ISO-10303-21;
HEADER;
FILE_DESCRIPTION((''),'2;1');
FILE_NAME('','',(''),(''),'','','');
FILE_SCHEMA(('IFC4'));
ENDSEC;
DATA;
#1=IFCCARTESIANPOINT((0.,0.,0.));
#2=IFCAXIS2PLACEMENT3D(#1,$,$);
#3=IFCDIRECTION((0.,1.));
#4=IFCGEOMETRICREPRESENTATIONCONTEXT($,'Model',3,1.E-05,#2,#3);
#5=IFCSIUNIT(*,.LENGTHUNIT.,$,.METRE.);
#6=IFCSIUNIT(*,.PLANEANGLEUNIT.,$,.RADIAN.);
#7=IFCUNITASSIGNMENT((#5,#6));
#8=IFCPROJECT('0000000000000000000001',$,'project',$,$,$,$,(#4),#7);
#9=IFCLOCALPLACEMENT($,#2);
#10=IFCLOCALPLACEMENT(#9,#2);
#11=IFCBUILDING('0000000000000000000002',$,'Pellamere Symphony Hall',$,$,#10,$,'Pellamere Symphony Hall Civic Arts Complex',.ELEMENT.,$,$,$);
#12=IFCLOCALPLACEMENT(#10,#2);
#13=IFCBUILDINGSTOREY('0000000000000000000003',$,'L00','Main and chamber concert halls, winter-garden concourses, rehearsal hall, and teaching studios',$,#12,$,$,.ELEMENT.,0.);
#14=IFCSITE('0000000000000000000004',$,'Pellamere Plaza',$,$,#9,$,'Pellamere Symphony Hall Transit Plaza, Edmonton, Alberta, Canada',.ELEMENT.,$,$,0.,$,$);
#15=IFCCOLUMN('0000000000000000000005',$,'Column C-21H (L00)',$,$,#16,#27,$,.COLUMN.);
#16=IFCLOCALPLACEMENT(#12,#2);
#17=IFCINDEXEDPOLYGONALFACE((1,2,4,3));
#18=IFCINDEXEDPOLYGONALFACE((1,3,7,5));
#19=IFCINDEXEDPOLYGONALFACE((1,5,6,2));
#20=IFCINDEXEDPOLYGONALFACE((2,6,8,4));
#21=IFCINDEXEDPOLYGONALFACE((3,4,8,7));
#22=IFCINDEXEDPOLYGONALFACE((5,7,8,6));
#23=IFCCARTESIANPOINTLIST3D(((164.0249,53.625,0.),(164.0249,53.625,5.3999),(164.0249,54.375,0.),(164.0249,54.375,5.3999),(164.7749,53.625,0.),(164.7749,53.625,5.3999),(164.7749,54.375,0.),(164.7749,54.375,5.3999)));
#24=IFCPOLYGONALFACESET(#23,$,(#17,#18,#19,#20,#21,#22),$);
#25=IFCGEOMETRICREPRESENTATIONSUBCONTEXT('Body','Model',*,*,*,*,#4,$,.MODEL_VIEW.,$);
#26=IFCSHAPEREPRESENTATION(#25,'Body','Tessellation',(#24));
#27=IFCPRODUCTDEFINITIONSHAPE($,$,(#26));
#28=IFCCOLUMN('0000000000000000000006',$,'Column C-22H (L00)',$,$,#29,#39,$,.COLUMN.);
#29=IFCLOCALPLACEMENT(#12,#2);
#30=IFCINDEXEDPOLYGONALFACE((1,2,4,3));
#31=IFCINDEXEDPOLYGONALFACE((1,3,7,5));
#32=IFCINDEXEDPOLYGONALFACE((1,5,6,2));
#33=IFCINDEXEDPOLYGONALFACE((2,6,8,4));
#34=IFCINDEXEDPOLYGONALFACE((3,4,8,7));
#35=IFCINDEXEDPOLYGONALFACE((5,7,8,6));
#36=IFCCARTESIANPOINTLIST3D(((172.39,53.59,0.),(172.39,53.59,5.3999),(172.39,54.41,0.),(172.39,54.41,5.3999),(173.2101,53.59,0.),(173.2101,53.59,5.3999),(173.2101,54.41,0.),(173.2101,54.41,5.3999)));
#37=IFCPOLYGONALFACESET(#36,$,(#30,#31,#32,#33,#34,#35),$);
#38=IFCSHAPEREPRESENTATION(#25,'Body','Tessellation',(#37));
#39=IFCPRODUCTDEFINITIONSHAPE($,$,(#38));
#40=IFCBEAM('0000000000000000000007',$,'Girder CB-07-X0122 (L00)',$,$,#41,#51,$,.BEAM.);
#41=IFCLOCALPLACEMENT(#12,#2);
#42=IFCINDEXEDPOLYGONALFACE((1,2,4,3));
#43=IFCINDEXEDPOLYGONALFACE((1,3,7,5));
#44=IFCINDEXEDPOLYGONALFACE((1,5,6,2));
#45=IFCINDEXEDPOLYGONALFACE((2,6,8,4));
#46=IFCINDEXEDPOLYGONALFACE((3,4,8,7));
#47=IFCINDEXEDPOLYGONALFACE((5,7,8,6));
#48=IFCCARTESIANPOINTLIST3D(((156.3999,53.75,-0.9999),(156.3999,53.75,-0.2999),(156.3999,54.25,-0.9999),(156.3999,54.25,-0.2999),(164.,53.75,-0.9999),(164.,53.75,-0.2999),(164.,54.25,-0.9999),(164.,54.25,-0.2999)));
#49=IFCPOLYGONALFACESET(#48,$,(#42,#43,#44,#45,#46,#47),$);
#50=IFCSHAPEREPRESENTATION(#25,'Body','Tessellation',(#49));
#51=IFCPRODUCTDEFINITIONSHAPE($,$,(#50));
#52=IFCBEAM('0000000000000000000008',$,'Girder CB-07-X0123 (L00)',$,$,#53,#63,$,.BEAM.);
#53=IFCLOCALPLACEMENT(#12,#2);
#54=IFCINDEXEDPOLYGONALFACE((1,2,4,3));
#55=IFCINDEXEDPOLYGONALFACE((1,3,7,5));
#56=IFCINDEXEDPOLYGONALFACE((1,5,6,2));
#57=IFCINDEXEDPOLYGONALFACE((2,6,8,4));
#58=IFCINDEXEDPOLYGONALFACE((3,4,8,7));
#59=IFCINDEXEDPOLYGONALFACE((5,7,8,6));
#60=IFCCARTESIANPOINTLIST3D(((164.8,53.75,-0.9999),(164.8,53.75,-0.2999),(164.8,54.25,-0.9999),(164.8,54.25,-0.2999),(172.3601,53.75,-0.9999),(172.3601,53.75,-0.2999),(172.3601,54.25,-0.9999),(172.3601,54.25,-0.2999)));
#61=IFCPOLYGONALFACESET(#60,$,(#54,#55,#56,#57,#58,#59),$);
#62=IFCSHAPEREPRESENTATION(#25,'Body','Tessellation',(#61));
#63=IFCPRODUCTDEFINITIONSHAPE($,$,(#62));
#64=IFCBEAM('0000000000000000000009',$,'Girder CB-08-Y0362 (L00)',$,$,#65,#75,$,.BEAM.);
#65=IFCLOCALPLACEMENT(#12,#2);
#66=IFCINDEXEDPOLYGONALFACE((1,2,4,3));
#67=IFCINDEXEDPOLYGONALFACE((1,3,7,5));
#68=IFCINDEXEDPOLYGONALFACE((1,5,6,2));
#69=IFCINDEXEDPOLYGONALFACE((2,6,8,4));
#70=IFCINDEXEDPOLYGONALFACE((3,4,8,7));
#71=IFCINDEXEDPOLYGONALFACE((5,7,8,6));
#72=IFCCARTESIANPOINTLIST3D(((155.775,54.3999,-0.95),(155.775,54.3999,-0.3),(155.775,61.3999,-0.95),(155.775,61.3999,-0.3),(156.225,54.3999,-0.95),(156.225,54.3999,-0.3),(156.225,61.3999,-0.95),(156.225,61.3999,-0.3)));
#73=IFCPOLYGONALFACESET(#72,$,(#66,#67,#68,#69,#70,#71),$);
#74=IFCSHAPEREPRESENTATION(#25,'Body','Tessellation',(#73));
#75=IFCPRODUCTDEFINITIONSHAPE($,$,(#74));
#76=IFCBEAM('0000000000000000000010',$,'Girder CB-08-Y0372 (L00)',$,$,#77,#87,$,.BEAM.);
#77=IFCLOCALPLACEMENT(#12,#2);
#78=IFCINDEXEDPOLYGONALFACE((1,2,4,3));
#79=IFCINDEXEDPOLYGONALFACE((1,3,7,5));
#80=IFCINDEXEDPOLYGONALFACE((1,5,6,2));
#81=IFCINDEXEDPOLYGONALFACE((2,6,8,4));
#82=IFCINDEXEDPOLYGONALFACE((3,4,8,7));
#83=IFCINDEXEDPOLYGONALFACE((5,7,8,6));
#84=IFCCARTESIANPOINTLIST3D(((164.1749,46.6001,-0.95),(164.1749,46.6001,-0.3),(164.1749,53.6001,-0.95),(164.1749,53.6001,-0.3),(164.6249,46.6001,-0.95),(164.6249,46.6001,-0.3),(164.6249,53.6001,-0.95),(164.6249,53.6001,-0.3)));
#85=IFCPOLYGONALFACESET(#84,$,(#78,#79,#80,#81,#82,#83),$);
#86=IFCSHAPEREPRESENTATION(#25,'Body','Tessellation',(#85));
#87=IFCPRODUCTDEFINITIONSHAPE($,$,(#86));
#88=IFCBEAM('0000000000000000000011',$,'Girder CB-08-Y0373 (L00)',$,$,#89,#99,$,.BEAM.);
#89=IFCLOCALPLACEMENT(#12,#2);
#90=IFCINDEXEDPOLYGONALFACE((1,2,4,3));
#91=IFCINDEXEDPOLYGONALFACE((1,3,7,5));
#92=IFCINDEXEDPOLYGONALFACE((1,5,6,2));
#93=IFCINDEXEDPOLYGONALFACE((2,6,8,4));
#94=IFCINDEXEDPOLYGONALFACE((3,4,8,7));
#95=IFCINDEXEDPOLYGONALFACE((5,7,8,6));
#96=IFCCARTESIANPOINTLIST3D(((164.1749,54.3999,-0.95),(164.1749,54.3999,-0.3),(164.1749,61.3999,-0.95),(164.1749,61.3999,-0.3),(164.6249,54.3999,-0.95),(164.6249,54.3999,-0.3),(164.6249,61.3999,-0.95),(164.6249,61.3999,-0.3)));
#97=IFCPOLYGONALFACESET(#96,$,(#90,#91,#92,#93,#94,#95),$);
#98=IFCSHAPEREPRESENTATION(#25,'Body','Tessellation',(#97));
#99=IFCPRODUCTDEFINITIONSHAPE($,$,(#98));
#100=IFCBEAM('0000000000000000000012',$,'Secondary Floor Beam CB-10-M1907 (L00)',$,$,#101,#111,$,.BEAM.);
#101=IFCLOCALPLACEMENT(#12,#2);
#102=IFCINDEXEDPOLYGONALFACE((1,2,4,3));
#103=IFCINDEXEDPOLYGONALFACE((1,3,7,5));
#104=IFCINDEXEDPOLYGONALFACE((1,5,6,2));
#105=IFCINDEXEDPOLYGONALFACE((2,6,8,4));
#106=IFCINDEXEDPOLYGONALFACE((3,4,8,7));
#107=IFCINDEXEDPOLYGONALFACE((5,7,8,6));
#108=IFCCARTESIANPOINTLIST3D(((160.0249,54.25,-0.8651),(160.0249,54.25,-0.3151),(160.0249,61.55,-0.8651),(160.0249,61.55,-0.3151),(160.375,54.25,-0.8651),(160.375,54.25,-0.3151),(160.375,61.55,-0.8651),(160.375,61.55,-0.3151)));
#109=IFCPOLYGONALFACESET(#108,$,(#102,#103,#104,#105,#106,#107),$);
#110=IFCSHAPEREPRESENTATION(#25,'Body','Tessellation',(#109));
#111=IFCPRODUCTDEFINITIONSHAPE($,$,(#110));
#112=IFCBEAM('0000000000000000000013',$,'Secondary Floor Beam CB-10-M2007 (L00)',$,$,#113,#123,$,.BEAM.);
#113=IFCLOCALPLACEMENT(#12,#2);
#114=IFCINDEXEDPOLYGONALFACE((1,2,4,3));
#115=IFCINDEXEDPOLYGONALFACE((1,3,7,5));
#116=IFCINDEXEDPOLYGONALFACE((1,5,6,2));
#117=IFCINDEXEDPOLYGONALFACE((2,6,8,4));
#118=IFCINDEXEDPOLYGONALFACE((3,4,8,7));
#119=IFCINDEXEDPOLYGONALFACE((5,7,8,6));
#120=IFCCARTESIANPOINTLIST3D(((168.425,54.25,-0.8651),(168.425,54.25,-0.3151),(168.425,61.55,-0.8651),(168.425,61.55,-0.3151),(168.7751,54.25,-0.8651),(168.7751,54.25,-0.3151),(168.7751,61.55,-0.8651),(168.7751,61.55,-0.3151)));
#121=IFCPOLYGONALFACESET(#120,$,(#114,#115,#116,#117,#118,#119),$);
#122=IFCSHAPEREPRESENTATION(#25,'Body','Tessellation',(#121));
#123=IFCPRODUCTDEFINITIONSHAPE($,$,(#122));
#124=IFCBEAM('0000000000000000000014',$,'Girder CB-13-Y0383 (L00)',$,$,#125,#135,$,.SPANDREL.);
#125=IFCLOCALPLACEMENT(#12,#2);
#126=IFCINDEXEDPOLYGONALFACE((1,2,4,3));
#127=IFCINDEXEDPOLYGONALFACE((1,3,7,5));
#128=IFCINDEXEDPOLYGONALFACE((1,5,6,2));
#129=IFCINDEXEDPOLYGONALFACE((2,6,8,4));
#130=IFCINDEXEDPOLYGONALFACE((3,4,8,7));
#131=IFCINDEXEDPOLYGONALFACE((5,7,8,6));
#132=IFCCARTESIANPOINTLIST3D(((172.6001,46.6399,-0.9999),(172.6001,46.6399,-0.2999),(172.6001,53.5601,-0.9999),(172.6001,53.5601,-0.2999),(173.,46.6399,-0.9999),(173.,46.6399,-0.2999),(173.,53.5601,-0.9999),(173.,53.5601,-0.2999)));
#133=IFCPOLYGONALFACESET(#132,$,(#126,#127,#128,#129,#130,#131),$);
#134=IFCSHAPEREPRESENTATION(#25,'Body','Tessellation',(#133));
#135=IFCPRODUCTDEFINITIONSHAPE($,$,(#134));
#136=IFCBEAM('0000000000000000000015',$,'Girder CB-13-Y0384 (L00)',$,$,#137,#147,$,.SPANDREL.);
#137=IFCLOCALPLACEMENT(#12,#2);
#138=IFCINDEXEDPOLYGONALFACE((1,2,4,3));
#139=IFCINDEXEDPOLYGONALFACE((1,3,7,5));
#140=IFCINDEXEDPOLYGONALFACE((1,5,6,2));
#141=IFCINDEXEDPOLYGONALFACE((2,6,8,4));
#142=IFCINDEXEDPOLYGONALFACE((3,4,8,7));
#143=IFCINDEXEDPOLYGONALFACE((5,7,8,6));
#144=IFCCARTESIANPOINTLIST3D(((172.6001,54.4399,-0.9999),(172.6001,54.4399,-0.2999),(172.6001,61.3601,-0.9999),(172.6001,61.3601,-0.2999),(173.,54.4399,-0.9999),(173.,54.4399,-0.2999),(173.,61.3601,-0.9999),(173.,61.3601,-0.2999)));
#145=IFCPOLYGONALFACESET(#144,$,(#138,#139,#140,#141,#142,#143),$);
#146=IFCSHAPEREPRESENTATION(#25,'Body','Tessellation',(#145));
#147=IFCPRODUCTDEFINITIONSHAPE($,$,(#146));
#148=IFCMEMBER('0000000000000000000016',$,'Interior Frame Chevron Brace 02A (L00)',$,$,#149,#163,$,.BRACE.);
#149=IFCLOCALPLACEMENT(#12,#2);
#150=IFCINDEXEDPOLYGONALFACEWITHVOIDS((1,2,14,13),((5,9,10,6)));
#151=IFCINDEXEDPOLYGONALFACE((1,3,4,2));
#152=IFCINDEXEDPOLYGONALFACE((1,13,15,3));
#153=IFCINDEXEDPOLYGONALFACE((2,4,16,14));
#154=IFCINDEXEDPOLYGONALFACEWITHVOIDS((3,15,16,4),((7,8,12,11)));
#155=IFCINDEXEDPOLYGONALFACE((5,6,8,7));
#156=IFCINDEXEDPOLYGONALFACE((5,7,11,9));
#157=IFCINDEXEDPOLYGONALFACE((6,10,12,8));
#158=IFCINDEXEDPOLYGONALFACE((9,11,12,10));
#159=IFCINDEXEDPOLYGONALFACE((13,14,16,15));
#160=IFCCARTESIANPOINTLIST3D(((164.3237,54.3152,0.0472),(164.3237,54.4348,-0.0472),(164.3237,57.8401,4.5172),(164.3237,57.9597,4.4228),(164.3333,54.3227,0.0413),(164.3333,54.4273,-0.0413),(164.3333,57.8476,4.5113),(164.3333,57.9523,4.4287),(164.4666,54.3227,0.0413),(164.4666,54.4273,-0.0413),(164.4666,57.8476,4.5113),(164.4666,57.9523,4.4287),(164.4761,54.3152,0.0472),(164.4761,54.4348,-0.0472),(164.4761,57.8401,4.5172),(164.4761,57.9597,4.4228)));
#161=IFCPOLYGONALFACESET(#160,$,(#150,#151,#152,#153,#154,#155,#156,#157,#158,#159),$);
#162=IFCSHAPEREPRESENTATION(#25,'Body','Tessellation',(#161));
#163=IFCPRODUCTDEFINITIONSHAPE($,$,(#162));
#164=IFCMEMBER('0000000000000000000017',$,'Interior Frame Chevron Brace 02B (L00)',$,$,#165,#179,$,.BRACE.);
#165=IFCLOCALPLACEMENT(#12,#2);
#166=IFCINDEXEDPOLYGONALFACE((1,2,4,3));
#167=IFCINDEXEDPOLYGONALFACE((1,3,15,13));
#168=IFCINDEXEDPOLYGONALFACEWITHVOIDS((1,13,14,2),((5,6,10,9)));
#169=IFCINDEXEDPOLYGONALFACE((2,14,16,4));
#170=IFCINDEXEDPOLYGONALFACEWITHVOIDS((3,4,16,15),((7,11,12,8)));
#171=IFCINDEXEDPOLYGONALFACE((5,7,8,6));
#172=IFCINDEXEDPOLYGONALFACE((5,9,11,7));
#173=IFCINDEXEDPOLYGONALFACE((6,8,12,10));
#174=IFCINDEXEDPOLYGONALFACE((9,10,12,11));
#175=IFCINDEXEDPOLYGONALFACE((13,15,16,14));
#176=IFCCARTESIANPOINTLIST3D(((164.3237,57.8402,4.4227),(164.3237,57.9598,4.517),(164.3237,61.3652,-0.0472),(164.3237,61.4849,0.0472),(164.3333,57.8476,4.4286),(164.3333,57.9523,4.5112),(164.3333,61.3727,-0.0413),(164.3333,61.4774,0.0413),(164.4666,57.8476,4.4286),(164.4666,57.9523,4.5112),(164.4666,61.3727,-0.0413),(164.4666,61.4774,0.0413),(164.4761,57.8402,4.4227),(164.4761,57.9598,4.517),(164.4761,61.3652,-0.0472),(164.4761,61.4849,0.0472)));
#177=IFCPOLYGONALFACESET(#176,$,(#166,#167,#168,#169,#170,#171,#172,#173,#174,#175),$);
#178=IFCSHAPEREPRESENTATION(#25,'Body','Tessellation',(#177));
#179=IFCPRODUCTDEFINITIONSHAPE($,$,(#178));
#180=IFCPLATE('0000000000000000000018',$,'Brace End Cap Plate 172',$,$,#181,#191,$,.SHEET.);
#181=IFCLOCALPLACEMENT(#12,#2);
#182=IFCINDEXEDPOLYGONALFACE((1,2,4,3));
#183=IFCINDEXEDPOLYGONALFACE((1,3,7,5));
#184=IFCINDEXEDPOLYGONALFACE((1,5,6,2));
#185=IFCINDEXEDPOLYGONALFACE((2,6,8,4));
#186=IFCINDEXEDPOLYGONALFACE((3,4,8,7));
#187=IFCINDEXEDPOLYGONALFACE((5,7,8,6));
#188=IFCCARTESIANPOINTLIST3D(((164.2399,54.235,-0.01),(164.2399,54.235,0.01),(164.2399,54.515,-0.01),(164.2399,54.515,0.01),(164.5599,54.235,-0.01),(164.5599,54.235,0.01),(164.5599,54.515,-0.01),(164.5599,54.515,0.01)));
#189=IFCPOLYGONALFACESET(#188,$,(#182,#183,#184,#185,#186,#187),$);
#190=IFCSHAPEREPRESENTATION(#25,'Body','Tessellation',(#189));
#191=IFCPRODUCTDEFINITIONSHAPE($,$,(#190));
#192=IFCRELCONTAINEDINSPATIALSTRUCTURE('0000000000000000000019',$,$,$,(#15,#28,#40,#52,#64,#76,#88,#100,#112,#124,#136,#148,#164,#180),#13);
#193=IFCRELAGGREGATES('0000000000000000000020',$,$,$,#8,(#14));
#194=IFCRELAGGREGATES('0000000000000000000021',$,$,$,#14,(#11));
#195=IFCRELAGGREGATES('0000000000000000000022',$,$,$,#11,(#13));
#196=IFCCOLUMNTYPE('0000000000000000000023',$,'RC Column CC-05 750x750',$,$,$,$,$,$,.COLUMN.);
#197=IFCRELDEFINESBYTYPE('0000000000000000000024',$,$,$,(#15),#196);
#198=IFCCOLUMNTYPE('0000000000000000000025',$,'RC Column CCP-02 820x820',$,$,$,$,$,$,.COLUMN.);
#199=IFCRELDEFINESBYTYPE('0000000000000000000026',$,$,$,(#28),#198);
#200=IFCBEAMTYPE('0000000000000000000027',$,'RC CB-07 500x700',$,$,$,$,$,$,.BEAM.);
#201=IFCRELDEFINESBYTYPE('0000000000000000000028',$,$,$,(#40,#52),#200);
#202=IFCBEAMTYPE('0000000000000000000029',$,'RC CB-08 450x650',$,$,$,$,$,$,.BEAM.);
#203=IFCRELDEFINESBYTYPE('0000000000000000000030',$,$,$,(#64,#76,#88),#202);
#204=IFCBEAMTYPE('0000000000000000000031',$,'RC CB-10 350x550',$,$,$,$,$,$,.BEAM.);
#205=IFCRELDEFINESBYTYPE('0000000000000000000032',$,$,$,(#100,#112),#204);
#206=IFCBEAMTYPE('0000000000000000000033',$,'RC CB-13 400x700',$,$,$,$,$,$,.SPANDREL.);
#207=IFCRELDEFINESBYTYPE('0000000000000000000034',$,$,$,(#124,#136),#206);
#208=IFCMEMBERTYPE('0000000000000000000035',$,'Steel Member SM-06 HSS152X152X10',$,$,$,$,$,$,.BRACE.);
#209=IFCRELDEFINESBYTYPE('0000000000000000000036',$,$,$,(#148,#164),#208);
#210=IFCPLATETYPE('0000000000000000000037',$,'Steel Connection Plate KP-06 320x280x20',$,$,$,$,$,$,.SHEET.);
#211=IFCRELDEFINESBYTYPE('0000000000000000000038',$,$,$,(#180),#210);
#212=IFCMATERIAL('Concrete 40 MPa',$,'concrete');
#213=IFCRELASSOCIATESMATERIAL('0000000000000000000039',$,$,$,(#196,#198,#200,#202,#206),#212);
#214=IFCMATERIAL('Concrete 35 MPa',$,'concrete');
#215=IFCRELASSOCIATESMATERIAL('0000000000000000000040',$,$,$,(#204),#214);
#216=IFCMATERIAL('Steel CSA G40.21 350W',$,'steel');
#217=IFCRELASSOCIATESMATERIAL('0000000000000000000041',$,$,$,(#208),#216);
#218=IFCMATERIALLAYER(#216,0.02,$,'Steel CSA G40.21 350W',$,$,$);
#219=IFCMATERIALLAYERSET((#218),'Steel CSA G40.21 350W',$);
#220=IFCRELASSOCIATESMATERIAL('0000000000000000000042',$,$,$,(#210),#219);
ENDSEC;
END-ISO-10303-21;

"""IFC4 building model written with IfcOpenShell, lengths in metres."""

from ifc_helpers import new_model, si_unit, direction, frame, origin, origin_2d, place, context, subcontext, project, spatial, rectangle, hollow_rectangle, extrude, material, layer, layer_set, material_profile, profile_set, type_object, element, save


model = new_model("IFC4")

# Units and contexts
model_context = context("Model", 3, precision=1e-05, world=origin(), true_north=direction((0.0, 1.0)))
body_context = subcontext(model_context, "Body", "Model", "MODEL_VIEW")
ifc_project = project(units=[si_unit("LENGTHUNIT", "METRE"), si_unit("PLANEANGLEUNIT", "RADIAN")], contexts=[model_context])

# Site, building, storey
site_placement = place(None, origin())
site = spatial("IfcSite", under=ifc_project, at=site_placement, Name="Pellamere Plaza", LongName="Pellamere Symphony Hall Transit Plaza, Edmonton, Alberta, Canada", CompositionType="ELEMENT", RefElevation=0.0)
building_placement = place(site_placement, origin())
building = spatial("IfcBuilding", under=site, at=building_placement, Name="Pellamere Symphony Hall", LongName="Pellamere Symphony Hall Civic Arts Complex", CompositionType="ELEMENT")
storey_placement = place(building_placement, origin())
storey = spatial("IfcBuildingStorey", under=building, at=storey_placement, Name="L00", Description="Main and chamber concert halls, winter-garden concourses, rehearsal hall, and teaching studios", CompositionType="ELEMENT", Elevation=0.0)

# Columns
ifc_material_1 = material(Name="Concrete 40 MPa", Category="concrete")
ifc_material_profile_1 = material_profile(ifc_material_1, rectangle(XDim=0.75, YDim=0.75, at=origin_2d()), Name="RC 750x750")
ifc_profile_set_1 = profile_set([ifc_material_profile_1], Name="Concrete 40 MPa")
column_type_1 = type_object("IfcColumnType", Name="RC Column CC-05 750x750", PredefinedType="COLUMN", material=ifc_profile_set_1)
column_1_placement = place(storey_placement, frame((164.3999, 54.0, 0.0), z_axis=(0.0, 0.0, 1.0), x_axis=(1.0, 0.0, 0.0)))
element("IfcColumn", 1, at=column_1_placement, inside=storey, type_object=column_type_1, Name="Column C-21H (L00)", PredefinedType="COLUMN", context=body_context, shape_type="SweptSolid", body=[
    extrude(rectangle(XDim=0.75, YDim=0.75, at=origin_2d()), origin(), (0.0, 0.0, 1.0), 5.3999),
])
ifc_material_profile_2 = material_profile(ifc_material_1, rectangle(XDim=0.8201, YDim=0.8201, at=origin_2d()), Name="RC 820x820")
ifc_profile_set_2 = profile_set([ifc_material_profile_2], Name="Concrete 40 MPa")
column_type_2 = type_object("IfcColumnType", Name="RC Column CCP-02 820x820", PredefinedType="COLUMN", material=ifc_profile_set_2)
column_2_placement = place(storey_placement, frame((172.8, 54.0, 0.0), z_axis=(0.0, 0.0, 1.0), x_axis=(1.0, 0.0, 0.0)))
element("IfcColumn", 2, at=column_2_placement, inside=storey, type_object=column_type_2, Name="Column C-22H (L00)", PredefinedType="COLUMN", context=body_context, shape_type="SweptSolid", body=[
    extrude(rectangle(XDim=0.8201, YDim=0.8201, at=origin_2d()), origin(), (0.0, 0.0, 1.0), 5.3999),
])

# Beams
ifc_material_profile_3 = material_profile(ifc_material_1, rectangle(XDim=0.5, YDim=0.7, at=origin_2d()), Name="RC 500x700")
ifc_profile_set_3 = profile_set([ifc_material_profile_3], Name="Concrete 40 MPa")
beam_type_1 = type_object("IfcBeamType", Name="RC CB-07 500x700", PredefinedType="BEAM", material=ifc_profile_set_3)
beam_1_placement = place(storey_placement, frame((156.3999, 54.0, -0.6499), z_axis=(1.0, 0.0, 0.0), x_axis=(0.0, 1.0, 0.0)))
element("IfcBeam", 3, at=beam_1_placement, inside=storey, type_object=beam_type_1, Name="Girder CB-07-X0122 (L00)", PredefinedType="BEAM", context=body_context, shape_type="SweptSolid", body=[
    extrude(rectangle(XDim=0.5, YDim=0.7, at=origin_2d()), origin(), (0.0, 0.0, 1.0), 7.6001),
])
beam_2_placement = place(storey_placement, frame((164.8, 54.0, -0.6499), z_axis=(1.0, 0.0, 0.0), x_axis=(0.0, 1.0, 0.0)))
element("IfcBeam", 4, at=beam_2_placement, inside=storey, type_object=beam_type_1, Name="Girder CB-07-X0123 (L00)", PredefinedType="BEAM", context=body_context, shape_type="SweptSolid", body=[
    extrude(rectangle(XDim=0.5, YDim=0.7, at=origin_2d()), origin(), (0.0, 0.0, 1.0), 7.5601),
])
ifc_material_profile_4 = material_profile(ifc_material_1, rectangle(XDim=0.45, YDim=0.6499, at=origin_2d()), Name="RC 450x650")
ifc_profile_set_4 = profile_set([ifc_material_profile_4], Name="Concrete 40 MPa")
beam_type_2 = type_object("IfcBeamType", Name="RC CB-08 450x650", PredefinedType="BEAM", material=ifc_profile_set_4)
for number, where, z_axis, x_axis, name in (
    (5, (156.0, 54.3999, -0.625), (0.0, 1.0, 0.0), (-1.0, 0.0, 0.0), "Girder CB-08-Y0362 (L00)"),
    (6, (164.3999, 46.6001, -0.625), (0.0, 1.0, 0.0), (-1.0, 0.0, 0.0), "Girder CB-08-Y0372 (L00)"),
    (7, (164.3999, 54.3999, -0.625), (0.0, 1.0, 0.0), (-1.0, 0.0, 0.0), "Girder CB-08-Y0373 (L00)"),
):
    element("IfcBeam", number, at=place(storey_placement, frame(where, z_axis=z_axis, x_axis=x_axis)), inside=storey, type_object=beam_type_2, Name=name, PredefinedType="BEAM", context=body_context, shape_type="SweptSolid", body=[
        extrude(rectangle(XDim=0.45, YDim=0.6499, at=origin_2d()), origin(), (0.0, 0.0, 1.0), 7.0),
    ])
ifc_material_2 = material(Name="Concrete 35 MPa", Category="concrete")
ifc_material_profile_5 = material_profile(ifc_material_2, rectangle(XDim=0.3501, YDim=0.55, at=origin_2d()), Name="RC 350x550")
ifc_profile_set_5 = profile_set([ifc_material_profile_5], Name="Concrete 35 MPa")
beam_type_3 = type_object("IfcBeamType", Name="RC CB-10 350x550", PredefinedType="BEAM", material=ifc_profile_set_5)
for number, where, z_axis, x_axis, name in (
    (8, (160.2, 54.25, -0.5901), (0.0, 1.0, 0.0), (-1.0, 0.0, 0.0), "Secondary Floor Beam CB-10-M1907 (L00)"),
    (9, (168.6001, 54.25, -0.5901), (0.0, 1.0, 0.0), (-1.0, 0.0, 0.0), "Secondary Floor Beam CB-10-M2007 (L00)"),
):
    element("IfcBeam", number, at=place(storey_placement, frame(where, z_axis=z_axis, x_axis=x_axis)), inside=storey, type_object=beam_type_3, Name=name, PredefinedType="BEAM", context=body_context, shape_type="SweptSolid", body=[
        extrude(rectangle(XDim=0.3501, YDim=0.55, at=origin_2d()), origin(), (0.0, 0.0, 1.0), 7.3),
    ])
ifc_material_profile_6 = material_profile(ifc_material_1, rectangle(XDim=0.3999, YDim=0.7, at=origin_2d()), Name="RC 400x700")
ifc_profile_set_6 = profile_set([ifc_material_profile_6], Name="Concrete 40 MPa")
beam_type_4 = type_object("IfcBeamType", Name="RC CB-13 400x700", PredefinedType="SPANDREL", material=ifc_profile_set_6)
for number, where, z_axis, x_axis, name in (
    (10, (172.8, 46.6399, -0.6499), (0.0, 1.0, 0.0), (-1.0, 0.0, 0.0), "Girder CB-13-Y0383 (L00)"),
    (11, (172.8, 54.4399, -0.6499), (0.0, 1.0, 0.0), (-1.0, 0.0, 0.0), "Girder CB-13-Y0384 (L00)"),
):
    element("IfcBeam", number, at=place(storey_placement, frame(where, z_axis=z_axis, x_axis=x_axis)), inside=storey, type_object=beam_type_4, Name=name, PredefinedType="SPANDREL", context=body_context, shape_type="SweptSolid", body=[
        extrude(rectangle(XDim=0.3999, YDim=0.7, at=origin_2d()), origin(), (0.0, 0.0, 1.0), 6.9202),
    ])

# Members
ifc_material_3 = material(Name="Steel CSA G40.21 350W", Category="steel")
ifc_material_profile_7 = material_profile(ifc_material_3, hollow_rectangle(XDim=0.1523, YDim=0.1523, WallThickness=0.0095, at=origin_2d()), Name="HSS152X152X10")
ifc_profile_set_7 = profile_set([ifc_material_profile_7], Name="Steel CSA G40.21 350W")
member_type = type_object("IfcMemberType", Name="Steel Member SM-06 HSS152X152X10", PredefinedType="BRACE", material=ifc_profile_set_7)
for number, where, z_axis, x_axis, name in (
    (12, (164.3999, 54.375, 0.0), (0.0, 0.619209, 0.785226), (-1.0, 0.0, 0.0), "Interior Frame Chevron Brace 02A (L00)"),
    (13, (164.3999, 61.425, 0.0), (0.0, -0.619235, 0.785205), (1.0, 0.0, 0.0), "Interior Frame Chevron Brace 02B (L00)"),
):
    element("IfcMember", number, at=place(storey_placement, frame(where, z_axis=z_axis, x_axis=x_axis)), inside=storey, type_object=member_type, Name=name, PredefinedType="BRACE", context=body_context, shape_type="SweptSolid", body=[
        extrude(hollow_rectangle(XDim=0.1523, YDim=0.1523, WallThickness=0.0095, at=origin_2d()), origin(), (0.0, 0.0, 1.0), 5.6926),
    ])

# Plate
ifc_layer_1 = layer(ifc_material_3, 0.02, Name="Steel CSA G40.21 350W")
ifc_layer_set_1 = layer_set([ifc_layer_1], Name="Steel CSA G40.21 350W")
plate_type = type_object("IfcPlateType", Name="Steel Connection Plate KP-06 320x280x20", PredefinedType="SHEET", material=ifc_layer_set_1)
for number, where, z_axis, x_axis, name in (
    (14, (164.3999, 54.375, -0.01), (0.0, 0.0, 1.0), (1.0, 0.0, 0.0), "Brace End Cap Plate 172"),
):
    element("IfcPlate", number, at=place(storey_placement, frame(where, z_axis=z_axis, x_axis=x_axis)), inside=storey, type_object=plate_type, Name=name, PredefinedType="SHEET", context=body_context, shape_type="SweptSolid", body=[
        extrude(rectangle(XDim=0.3201, YDim=0.28, at=origin_2d()), origin(), (0.0, 0.0, 1.0), 0.02),
    ])

save(model, "model.ifc")
